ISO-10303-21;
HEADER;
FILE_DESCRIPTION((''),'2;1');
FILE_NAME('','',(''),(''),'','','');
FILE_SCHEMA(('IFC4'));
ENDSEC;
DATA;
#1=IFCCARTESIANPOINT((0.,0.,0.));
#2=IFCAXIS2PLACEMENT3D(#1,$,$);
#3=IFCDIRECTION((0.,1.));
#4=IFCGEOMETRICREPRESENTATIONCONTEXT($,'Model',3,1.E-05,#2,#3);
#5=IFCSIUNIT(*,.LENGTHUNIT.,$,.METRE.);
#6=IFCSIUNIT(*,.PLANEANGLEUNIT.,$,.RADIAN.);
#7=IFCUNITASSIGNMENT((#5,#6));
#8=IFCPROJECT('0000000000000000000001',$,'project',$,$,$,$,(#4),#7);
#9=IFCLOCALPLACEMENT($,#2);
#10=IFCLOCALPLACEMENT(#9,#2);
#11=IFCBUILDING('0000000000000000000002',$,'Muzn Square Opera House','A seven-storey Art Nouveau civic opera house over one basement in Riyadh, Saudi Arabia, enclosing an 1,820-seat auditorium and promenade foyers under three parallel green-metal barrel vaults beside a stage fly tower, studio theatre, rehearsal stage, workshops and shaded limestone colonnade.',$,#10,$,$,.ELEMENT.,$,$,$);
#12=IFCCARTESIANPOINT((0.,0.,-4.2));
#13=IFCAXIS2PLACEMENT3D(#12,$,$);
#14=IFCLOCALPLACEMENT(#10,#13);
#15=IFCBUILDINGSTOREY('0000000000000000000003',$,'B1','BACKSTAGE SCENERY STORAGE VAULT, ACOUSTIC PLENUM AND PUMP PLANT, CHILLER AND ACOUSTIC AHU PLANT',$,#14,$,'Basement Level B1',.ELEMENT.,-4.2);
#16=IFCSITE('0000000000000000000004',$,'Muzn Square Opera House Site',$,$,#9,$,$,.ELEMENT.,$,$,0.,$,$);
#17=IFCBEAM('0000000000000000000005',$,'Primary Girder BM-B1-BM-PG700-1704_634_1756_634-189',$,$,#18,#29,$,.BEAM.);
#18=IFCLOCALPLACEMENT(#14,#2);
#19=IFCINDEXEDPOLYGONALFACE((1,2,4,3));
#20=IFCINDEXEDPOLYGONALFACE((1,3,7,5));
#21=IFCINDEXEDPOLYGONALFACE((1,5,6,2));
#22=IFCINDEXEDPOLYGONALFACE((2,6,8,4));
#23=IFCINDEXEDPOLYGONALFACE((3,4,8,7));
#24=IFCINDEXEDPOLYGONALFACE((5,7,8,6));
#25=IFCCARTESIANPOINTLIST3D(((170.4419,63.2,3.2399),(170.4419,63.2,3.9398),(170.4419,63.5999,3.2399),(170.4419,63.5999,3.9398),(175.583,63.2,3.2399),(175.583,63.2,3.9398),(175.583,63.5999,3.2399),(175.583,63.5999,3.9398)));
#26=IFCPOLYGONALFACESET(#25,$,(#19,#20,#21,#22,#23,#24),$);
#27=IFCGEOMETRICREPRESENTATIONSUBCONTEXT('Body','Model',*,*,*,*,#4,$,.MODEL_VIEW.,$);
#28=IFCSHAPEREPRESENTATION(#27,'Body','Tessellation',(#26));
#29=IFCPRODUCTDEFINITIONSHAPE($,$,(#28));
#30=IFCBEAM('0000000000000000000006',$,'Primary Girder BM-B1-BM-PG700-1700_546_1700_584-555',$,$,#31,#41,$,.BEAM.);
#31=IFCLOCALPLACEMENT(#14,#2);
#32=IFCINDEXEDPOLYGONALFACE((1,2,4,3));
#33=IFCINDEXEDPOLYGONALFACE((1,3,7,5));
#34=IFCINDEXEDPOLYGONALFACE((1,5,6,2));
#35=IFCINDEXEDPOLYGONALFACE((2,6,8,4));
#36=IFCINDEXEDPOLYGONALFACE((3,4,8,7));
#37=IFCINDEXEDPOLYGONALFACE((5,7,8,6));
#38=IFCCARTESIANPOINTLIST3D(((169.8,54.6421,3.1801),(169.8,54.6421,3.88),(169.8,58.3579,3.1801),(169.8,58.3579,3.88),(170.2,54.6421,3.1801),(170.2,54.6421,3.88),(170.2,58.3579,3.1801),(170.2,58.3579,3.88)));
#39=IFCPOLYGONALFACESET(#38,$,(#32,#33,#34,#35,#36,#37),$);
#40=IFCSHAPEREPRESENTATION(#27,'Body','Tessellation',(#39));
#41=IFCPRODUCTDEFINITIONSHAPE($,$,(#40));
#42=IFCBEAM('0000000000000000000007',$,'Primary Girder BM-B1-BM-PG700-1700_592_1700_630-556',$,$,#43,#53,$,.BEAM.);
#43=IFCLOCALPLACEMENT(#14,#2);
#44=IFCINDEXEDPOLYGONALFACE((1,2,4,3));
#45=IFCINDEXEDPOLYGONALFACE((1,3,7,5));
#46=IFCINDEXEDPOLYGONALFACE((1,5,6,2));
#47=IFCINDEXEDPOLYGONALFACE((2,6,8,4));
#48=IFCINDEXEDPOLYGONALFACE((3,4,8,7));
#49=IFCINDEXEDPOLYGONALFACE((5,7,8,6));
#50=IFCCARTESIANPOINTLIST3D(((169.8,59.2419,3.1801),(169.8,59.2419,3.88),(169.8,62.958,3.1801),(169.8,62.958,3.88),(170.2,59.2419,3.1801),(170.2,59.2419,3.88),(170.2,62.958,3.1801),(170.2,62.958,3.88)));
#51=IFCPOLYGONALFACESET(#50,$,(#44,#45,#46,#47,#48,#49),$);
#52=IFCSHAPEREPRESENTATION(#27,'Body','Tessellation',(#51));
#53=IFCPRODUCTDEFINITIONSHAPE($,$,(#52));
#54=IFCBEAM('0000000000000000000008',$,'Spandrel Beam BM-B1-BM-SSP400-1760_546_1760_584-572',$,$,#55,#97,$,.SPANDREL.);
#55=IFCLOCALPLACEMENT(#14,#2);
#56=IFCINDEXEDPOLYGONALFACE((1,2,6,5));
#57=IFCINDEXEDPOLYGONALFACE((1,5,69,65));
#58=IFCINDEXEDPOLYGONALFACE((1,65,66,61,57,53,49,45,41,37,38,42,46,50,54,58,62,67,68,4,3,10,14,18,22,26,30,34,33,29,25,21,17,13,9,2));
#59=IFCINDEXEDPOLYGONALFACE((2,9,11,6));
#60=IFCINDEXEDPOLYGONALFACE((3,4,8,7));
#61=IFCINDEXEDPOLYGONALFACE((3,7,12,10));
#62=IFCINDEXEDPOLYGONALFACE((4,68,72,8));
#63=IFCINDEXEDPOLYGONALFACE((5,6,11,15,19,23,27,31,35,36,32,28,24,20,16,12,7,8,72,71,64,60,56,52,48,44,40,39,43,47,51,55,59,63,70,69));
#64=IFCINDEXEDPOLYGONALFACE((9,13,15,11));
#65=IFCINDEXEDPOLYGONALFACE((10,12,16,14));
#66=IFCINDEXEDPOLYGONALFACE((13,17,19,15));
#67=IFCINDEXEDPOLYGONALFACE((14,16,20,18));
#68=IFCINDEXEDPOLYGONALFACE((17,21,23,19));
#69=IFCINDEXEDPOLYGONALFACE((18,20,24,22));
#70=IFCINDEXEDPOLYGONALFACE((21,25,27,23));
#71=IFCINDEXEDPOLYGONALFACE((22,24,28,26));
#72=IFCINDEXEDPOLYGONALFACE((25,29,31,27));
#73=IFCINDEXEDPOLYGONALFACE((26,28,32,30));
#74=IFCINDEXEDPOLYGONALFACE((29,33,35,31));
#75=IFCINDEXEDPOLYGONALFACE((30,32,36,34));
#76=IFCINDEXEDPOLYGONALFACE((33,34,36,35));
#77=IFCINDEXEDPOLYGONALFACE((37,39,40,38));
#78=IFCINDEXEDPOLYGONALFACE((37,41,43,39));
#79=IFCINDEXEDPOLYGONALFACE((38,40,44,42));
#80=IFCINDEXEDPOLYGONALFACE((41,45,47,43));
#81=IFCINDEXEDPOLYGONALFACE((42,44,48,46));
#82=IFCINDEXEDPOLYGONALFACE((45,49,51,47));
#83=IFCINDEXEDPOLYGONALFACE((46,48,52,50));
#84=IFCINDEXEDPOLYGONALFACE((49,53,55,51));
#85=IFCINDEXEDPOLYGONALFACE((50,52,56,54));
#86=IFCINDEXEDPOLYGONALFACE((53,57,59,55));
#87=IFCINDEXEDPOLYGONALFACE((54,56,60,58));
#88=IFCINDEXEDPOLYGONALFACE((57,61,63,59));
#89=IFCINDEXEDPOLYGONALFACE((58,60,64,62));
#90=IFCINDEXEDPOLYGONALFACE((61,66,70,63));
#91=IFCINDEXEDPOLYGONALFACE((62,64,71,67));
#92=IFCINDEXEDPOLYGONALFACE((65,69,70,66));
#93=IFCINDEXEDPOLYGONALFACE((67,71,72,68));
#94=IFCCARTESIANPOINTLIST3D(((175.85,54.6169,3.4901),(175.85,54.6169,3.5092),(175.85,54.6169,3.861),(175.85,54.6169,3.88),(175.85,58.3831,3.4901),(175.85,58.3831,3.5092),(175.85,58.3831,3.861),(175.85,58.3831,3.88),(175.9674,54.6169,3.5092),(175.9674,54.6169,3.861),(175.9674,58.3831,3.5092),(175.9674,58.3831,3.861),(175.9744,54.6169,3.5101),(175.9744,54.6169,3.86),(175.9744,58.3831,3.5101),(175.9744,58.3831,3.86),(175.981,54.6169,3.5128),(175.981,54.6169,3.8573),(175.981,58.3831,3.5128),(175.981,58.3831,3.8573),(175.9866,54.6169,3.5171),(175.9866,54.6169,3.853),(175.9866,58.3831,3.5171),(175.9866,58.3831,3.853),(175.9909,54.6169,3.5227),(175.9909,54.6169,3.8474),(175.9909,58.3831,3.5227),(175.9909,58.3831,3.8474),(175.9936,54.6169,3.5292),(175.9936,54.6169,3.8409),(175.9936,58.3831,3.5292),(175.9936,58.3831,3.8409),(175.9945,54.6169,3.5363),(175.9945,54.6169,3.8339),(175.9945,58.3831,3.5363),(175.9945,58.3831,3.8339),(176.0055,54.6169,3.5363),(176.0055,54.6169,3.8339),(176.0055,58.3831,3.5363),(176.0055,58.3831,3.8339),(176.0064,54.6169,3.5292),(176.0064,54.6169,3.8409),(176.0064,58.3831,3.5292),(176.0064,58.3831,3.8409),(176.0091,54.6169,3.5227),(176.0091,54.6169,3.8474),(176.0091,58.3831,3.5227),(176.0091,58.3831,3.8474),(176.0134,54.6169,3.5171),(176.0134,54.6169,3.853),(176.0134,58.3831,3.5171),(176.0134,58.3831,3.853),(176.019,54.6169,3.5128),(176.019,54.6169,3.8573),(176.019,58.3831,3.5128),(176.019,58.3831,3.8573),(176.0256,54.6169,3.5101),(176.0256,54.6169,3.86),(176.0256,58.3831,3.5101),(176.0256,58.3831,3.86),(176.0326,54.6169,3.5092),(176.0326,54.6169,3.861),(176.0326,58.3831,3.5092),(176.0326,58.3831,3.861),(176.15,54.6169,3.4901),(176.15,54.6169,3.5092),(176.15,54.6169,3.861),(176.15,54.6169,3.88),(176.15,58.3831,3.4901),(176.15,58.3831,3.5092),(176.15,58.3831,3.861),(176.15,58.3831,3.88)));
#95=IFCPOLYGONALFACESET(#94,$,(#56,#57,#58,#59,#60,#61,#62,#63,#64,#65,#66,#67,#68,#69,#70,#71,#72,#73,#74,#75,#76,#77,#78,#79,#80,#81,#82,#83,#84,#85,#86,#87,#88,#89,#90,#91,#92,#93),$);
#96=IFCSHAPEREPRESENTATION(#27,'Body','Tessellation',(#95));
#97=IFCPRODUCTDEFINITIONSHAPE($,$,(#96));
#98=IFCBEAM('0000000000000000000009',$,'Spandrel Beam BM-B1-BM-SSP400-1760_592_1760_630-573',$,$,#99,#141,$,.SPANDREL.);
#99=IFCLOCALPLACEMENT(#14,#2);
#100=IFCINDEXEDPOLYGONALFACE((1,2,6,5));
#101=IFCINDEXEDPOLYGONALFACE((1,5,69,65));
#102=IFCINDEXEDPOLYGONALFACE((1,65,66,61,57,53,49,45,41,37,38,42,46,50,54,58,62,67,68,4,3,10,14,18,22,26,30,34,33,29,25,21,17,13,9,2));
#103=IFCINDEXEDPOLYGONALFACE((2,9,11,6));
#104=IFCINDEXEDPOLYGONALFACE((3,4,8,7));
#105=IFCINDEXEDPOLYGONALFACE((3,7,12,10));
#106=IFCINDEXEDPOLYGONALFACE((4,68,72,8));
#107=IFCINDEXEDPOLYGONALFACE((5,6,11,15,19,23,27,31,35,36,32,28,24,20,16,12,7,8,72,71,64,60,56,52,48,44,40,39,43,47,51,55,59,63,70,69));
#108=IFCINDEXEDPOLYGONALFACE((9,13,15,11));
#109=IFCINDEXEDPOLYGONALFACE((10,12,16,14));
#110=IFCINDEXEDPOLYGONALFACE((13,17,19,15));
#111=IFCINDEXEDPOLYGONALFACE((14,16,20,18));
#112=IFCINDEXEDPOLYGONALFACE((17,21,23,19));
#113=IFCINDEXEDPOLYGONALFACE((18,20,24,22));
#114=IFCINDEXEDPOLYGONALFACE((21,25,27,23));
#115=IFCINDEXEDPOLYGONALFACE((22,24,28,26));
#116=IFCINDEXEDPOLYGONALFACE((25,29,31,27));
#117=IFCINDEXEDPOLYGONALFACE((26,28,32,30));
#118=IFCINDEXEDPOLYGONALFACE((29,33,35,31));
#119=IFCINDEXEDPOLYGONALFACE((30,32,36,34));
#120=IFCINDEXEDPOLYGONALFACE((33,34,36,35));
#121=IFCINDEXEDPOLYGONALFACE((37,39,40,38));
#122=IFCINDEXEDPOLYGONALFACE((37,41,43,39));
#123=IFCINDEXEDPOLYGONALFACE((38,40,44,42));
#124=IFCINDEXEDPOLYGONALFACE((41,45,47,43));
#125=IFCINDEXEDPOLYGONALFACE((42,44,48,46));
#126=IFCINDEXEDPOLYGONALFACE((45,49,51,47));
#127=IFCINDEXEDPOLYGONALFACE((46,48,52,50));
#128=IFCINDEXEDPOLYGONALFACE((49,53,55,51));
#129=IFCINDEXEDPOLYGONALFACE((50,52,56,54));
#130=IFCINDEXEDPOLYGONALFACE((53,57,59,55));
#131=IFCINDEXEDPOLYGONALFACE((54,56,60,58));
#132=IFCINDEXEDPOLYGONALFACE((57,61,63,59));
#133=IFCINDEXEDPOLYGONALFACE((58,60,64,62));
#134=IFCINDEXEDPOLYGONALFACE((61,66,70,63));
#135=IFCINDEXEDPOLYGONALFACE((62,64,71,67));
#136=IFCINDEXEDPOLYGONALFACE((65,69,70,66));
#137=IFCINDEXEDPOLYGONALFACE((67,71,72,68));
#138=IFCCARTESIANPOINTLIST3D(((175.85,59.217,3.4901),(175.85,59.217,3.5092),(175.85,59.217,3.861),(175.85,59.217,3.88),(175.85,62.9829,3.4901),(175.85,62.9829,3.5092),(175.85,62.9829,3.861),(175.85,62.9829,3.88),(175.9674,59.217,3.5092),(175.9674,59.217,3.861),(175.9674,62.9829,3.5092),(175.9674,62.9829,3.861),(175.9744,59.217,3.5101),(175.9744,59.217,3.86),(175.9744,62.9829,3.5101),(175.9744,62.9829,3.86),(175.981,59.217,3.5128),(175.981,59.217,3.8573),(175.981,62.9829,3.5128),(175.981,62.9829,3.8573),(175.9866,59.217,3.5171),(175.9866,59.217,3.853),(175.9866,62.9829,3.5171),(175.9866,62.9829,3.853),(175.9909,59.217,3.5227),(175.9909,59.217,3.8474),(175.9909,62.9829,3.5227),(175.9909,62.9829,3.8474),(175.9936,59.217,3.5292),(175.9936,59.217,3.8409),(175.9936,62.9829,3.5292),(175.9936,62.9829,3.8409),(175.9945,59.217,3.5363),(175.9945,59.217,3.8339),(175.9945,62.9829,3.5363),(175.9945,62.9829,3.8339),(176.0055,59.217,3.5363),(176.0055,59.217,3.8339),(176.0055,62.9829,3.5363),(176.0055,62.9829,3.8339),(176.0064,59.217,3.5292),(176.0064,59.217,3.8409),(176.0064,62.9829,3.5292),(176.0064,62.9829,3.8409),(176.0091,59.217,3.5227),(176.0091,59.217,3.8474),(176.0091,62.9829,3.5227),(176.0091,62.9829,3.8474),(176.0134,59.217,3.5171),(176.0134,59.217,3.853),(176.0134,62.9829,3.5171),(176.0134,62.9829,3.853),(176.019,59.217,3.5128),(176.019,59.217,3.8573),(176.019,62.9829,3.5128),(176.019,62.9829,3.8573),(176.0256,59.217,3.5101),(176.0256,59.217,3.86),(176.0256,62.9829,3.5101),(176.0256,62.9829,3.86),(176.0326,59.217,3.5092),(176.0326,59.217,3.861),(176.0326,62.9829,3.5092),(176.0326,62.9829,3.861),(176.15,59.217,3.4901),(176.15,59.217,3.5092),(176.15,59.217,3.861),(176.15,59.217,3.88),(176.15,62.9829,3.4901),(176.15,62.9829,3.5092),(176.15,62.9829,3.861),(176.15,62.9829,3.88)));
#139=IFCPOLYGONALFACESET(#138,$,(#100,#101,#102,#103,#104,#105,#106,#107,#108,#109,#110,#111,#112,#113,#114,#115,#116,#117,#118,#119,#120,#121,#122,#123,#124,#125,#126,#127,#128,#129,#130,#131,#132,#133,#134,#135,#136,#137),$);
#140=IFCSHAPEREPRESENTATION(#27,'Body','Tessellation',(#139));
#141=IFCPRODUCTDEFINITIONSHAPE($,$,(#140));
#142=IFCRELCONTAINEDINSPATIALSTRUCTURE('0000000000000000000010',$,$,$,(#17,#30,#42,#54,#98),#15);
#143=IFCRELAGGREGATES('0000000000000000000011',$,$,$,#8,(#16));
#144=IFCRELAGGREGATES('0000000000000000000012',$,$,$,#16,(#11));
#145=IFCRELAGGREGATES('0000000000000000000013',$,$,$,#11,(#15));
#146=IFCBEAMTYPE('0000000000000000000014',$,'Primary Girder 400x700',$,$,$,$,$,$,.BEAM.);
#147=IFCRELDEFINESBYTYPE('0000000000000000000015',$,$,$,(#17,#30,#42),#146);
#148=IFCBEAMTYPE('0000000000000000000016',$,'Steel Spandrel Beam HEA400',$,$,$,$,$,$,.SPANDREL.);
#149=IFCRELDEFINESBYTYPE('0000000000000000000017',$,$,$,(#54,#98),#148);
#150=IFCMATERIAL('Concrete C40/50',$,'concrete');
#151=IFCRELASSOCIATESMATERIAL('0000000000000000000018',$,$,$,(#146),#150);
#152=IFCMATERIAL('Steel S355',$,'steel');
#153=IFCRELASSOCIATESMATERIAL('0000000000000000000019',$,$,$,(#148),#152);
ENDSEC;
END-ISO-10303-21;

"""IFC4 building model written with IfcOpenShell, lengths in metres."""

from ifc_helpers import new_model, si_unit, direction, frame, origin, origin_2d, place, context, subcontext, project, spatial, rectangle, i_section, extrude, material, material_profile, profile_set, type_object, element, save


model = new_model("IFC4")

# Units and contexts
model_context = context("Model", 3, precision=1e-05, world=origin(), true_north=direction((0.0, 1.0)))
body_context = subcontext(model_context, "Body", "Model", "MODEL_VIEW")
ifc_project = project(units=[si_unit("LENGTHUNIT", "METRE"), si_unit("PLANEANGLEUNIT", "RADIAN")], contexts=[model_context])

# Site, building, storey
site_placement = place(None, origin())
site = spatial("IfcSite", under=ifc_project, at=site_placement, Name="Muzn Square Opera House Site", CompositionType="ELEMENT", RefElevation=0.0)
building_placement = place(site_placement, origin())
building = spatial("IfcBuilding", under=site, at=building_placement, Name="Muzn Square Opera House", Description="A seven-storey Art Nouveau civic opera house over one basement in Riyadh, Saudi Arabia, enclosing an 1,820-seat auditorium and promenade foyers under three parallel green-metal barrel vaults beside a stage fly tower, studio theatre, rehearsal stage, workshops and shaded limestone colonnade.", CompositionType="ELEMENT")
storey_placement = place(building_placement, frame((0.0, 0.0, -4.2)))
storey = spatial("IfcBuildingStorey", under=building, at=storey_placement, Name="B1", Description="BACKSTAGE SCENERY STORAGE VAULT, ACOUSTIC PLENUM AND PUMP PLANT, CHILLER AND ACOUSTIC AHU PLANT", LongName="Basement Level B1", CompositionType="ELEMENT", Elevation=-4.2)

# Shared definitions
ifc_material_1 = material(Name="Concrete C40/50", Category="concrete")

# Beams
ifc_material_profile_1 = material_profile(ifc_material_1, rectangle(XDim=0.3999, YDim=0.7, at=origin_2d()), Name="RCB 400x700", Category="concrete")
ifc_profile_set_1 = profile_set([ifc_material_profile_1], Name="Concrete C40/50")
beam_type_1 = type_object("IfcBeamType", Name="Primary Girder 400x700", PredefinedType="BEAM", material=ifc_profile_set_1)
for number, where, z_axis, x_axis, name in (
    (1, (170.4419, 63.3999, 3.5898), (1.0, 0.0, 0.0), (0.0, 1.0, 0.0), "Primary Girder BM-B1-BM-PG700-1704_634_1756_634-189"),
):
    element("IfcBeam", number, at=place(storey_placement, frame(where, z_axis=z_axis, x_axis=x_axis)), inside=storey, type_object=beam_type_1, Name=name, PredefinedType="BEAM", context=body_context, shape_type="SweptSolid", body=[
        extrude(rectangle(XDim=0.3999, YDim=0.7, at=origin_2d()), origin(), (0.0, 0.0, 1.0), 5.1411),
    ])
beam_1_placement = place(storey_placement, frame((170.0, 54.6421, 3.53), z_axis=(0.0, 1.0, 0.0), x_axis=(-1.0, 0.0, 0.0)))
element("IfcBeam", 2, at=beam_1_placement, inside=storey, type_object=beam_type_1, Name="Primary Girder BM-B1-BM-PG700-1700_546_1700_584-555", PredefinedType="BEAM", context=body_context, shape_type="SweptSolid", body=[
    extrude(rectangle(XDim=0.3999, YDim=0.7, at=origin_2d()), origin(), (0.0, 0.0, 1.0), 3.7158),
])
beam_2_placement = place(storey_placement, frame((170.0, 59.2419, 3.53), z_axis=(0.0, 1.0, 0.0), x_axis=(-1.0, 0.0, 0.0)))
element("IfcBeam", 3, at=beam_2_placement, inside=storey, type_object=beam_type_1, Name="Primary Girder BM-B1-BM-PG700-1700_592_1700_630-556", PredefinedType="BEAM", context=body_context, shape_type="SweptSolid", body=[
    extrude(rectangle(XDim=0.3999, YDim=0.7, at=origin_2d()), origin(), (0.0, 0.0, 1.0), 3.7161),
])
ifc_material_2 = material(Name="Steel S355", Category="steel")
ifc_material_profile_2 = material_profile(ifc_material_2, i_section(OverallWidth=0.3, OverallDepth=0.3899, WebThickness=0.011, FlangeThickness=0.019, FilletRadius=0.0271, at=origin_2d()), Name="HEA 400", Category="steel")
ifc_profile_set_2 = profile_set([ifc_material_profile_2], Name="Steel S355")
beam_type_2 = type_object("IfcBeamType", Name="Steel Spandrel Beam HEA400", PredefinedType="SPANDREL", material=ifc_profile_set_2)
beam_3_placement = place(storey_placement, frame((176.0, 54.6169, 3.6851), z_axis=(0.0, 1.0, 0.0), x_axis=(-1.0, 0.0, 0.0)))
element("IfcBeam", 4, at=beam_3_placement, inside=storey, type_object=beam_type_2, Name="Spandrel Beam BM-B1-BM-SSP400-1760_546_1760_584-572", PredefinedType="SPANDREL", context=body_context, shape_type="SweptSolid", body=[
    extrude(i_section(OverallWidth=0.3, OverallDepth=0.3899, WebThickness=0.011, FlangeThickness=0.019, FilletRadius=0.0271, at=origin_2d()), origin(), (0.0, 0.0, 1.0), 3.7661),
])
beam_4_placement = place(storey_placement, frame((176.0, 59.217, 3.6851), z_axis=(0.0, 1.0, 0.0), x_axis=(-1.0, 0.0, 0.0)))
element("IfcBeam", 5, at=beam_4_placement, inside=storey, type_object=beam_type_2, Name="Spandrel Beam BM-B1-BM-SSP400-1760_592_1760_630-573", PredefinedType="SPANDREL", context=body_context, shape_type="SweptSolid", body=[
    extrude(i_section(OverallWidth=0.3, OverallDepth=0.3899, WebThickness=0.011, FlangeThickness=0.019, FilletRadius=0.0271, at=origin_2d()), origin(), (0.0, 0.0, 1.0), 3.7659),
])

save(model, "model.ifc")
